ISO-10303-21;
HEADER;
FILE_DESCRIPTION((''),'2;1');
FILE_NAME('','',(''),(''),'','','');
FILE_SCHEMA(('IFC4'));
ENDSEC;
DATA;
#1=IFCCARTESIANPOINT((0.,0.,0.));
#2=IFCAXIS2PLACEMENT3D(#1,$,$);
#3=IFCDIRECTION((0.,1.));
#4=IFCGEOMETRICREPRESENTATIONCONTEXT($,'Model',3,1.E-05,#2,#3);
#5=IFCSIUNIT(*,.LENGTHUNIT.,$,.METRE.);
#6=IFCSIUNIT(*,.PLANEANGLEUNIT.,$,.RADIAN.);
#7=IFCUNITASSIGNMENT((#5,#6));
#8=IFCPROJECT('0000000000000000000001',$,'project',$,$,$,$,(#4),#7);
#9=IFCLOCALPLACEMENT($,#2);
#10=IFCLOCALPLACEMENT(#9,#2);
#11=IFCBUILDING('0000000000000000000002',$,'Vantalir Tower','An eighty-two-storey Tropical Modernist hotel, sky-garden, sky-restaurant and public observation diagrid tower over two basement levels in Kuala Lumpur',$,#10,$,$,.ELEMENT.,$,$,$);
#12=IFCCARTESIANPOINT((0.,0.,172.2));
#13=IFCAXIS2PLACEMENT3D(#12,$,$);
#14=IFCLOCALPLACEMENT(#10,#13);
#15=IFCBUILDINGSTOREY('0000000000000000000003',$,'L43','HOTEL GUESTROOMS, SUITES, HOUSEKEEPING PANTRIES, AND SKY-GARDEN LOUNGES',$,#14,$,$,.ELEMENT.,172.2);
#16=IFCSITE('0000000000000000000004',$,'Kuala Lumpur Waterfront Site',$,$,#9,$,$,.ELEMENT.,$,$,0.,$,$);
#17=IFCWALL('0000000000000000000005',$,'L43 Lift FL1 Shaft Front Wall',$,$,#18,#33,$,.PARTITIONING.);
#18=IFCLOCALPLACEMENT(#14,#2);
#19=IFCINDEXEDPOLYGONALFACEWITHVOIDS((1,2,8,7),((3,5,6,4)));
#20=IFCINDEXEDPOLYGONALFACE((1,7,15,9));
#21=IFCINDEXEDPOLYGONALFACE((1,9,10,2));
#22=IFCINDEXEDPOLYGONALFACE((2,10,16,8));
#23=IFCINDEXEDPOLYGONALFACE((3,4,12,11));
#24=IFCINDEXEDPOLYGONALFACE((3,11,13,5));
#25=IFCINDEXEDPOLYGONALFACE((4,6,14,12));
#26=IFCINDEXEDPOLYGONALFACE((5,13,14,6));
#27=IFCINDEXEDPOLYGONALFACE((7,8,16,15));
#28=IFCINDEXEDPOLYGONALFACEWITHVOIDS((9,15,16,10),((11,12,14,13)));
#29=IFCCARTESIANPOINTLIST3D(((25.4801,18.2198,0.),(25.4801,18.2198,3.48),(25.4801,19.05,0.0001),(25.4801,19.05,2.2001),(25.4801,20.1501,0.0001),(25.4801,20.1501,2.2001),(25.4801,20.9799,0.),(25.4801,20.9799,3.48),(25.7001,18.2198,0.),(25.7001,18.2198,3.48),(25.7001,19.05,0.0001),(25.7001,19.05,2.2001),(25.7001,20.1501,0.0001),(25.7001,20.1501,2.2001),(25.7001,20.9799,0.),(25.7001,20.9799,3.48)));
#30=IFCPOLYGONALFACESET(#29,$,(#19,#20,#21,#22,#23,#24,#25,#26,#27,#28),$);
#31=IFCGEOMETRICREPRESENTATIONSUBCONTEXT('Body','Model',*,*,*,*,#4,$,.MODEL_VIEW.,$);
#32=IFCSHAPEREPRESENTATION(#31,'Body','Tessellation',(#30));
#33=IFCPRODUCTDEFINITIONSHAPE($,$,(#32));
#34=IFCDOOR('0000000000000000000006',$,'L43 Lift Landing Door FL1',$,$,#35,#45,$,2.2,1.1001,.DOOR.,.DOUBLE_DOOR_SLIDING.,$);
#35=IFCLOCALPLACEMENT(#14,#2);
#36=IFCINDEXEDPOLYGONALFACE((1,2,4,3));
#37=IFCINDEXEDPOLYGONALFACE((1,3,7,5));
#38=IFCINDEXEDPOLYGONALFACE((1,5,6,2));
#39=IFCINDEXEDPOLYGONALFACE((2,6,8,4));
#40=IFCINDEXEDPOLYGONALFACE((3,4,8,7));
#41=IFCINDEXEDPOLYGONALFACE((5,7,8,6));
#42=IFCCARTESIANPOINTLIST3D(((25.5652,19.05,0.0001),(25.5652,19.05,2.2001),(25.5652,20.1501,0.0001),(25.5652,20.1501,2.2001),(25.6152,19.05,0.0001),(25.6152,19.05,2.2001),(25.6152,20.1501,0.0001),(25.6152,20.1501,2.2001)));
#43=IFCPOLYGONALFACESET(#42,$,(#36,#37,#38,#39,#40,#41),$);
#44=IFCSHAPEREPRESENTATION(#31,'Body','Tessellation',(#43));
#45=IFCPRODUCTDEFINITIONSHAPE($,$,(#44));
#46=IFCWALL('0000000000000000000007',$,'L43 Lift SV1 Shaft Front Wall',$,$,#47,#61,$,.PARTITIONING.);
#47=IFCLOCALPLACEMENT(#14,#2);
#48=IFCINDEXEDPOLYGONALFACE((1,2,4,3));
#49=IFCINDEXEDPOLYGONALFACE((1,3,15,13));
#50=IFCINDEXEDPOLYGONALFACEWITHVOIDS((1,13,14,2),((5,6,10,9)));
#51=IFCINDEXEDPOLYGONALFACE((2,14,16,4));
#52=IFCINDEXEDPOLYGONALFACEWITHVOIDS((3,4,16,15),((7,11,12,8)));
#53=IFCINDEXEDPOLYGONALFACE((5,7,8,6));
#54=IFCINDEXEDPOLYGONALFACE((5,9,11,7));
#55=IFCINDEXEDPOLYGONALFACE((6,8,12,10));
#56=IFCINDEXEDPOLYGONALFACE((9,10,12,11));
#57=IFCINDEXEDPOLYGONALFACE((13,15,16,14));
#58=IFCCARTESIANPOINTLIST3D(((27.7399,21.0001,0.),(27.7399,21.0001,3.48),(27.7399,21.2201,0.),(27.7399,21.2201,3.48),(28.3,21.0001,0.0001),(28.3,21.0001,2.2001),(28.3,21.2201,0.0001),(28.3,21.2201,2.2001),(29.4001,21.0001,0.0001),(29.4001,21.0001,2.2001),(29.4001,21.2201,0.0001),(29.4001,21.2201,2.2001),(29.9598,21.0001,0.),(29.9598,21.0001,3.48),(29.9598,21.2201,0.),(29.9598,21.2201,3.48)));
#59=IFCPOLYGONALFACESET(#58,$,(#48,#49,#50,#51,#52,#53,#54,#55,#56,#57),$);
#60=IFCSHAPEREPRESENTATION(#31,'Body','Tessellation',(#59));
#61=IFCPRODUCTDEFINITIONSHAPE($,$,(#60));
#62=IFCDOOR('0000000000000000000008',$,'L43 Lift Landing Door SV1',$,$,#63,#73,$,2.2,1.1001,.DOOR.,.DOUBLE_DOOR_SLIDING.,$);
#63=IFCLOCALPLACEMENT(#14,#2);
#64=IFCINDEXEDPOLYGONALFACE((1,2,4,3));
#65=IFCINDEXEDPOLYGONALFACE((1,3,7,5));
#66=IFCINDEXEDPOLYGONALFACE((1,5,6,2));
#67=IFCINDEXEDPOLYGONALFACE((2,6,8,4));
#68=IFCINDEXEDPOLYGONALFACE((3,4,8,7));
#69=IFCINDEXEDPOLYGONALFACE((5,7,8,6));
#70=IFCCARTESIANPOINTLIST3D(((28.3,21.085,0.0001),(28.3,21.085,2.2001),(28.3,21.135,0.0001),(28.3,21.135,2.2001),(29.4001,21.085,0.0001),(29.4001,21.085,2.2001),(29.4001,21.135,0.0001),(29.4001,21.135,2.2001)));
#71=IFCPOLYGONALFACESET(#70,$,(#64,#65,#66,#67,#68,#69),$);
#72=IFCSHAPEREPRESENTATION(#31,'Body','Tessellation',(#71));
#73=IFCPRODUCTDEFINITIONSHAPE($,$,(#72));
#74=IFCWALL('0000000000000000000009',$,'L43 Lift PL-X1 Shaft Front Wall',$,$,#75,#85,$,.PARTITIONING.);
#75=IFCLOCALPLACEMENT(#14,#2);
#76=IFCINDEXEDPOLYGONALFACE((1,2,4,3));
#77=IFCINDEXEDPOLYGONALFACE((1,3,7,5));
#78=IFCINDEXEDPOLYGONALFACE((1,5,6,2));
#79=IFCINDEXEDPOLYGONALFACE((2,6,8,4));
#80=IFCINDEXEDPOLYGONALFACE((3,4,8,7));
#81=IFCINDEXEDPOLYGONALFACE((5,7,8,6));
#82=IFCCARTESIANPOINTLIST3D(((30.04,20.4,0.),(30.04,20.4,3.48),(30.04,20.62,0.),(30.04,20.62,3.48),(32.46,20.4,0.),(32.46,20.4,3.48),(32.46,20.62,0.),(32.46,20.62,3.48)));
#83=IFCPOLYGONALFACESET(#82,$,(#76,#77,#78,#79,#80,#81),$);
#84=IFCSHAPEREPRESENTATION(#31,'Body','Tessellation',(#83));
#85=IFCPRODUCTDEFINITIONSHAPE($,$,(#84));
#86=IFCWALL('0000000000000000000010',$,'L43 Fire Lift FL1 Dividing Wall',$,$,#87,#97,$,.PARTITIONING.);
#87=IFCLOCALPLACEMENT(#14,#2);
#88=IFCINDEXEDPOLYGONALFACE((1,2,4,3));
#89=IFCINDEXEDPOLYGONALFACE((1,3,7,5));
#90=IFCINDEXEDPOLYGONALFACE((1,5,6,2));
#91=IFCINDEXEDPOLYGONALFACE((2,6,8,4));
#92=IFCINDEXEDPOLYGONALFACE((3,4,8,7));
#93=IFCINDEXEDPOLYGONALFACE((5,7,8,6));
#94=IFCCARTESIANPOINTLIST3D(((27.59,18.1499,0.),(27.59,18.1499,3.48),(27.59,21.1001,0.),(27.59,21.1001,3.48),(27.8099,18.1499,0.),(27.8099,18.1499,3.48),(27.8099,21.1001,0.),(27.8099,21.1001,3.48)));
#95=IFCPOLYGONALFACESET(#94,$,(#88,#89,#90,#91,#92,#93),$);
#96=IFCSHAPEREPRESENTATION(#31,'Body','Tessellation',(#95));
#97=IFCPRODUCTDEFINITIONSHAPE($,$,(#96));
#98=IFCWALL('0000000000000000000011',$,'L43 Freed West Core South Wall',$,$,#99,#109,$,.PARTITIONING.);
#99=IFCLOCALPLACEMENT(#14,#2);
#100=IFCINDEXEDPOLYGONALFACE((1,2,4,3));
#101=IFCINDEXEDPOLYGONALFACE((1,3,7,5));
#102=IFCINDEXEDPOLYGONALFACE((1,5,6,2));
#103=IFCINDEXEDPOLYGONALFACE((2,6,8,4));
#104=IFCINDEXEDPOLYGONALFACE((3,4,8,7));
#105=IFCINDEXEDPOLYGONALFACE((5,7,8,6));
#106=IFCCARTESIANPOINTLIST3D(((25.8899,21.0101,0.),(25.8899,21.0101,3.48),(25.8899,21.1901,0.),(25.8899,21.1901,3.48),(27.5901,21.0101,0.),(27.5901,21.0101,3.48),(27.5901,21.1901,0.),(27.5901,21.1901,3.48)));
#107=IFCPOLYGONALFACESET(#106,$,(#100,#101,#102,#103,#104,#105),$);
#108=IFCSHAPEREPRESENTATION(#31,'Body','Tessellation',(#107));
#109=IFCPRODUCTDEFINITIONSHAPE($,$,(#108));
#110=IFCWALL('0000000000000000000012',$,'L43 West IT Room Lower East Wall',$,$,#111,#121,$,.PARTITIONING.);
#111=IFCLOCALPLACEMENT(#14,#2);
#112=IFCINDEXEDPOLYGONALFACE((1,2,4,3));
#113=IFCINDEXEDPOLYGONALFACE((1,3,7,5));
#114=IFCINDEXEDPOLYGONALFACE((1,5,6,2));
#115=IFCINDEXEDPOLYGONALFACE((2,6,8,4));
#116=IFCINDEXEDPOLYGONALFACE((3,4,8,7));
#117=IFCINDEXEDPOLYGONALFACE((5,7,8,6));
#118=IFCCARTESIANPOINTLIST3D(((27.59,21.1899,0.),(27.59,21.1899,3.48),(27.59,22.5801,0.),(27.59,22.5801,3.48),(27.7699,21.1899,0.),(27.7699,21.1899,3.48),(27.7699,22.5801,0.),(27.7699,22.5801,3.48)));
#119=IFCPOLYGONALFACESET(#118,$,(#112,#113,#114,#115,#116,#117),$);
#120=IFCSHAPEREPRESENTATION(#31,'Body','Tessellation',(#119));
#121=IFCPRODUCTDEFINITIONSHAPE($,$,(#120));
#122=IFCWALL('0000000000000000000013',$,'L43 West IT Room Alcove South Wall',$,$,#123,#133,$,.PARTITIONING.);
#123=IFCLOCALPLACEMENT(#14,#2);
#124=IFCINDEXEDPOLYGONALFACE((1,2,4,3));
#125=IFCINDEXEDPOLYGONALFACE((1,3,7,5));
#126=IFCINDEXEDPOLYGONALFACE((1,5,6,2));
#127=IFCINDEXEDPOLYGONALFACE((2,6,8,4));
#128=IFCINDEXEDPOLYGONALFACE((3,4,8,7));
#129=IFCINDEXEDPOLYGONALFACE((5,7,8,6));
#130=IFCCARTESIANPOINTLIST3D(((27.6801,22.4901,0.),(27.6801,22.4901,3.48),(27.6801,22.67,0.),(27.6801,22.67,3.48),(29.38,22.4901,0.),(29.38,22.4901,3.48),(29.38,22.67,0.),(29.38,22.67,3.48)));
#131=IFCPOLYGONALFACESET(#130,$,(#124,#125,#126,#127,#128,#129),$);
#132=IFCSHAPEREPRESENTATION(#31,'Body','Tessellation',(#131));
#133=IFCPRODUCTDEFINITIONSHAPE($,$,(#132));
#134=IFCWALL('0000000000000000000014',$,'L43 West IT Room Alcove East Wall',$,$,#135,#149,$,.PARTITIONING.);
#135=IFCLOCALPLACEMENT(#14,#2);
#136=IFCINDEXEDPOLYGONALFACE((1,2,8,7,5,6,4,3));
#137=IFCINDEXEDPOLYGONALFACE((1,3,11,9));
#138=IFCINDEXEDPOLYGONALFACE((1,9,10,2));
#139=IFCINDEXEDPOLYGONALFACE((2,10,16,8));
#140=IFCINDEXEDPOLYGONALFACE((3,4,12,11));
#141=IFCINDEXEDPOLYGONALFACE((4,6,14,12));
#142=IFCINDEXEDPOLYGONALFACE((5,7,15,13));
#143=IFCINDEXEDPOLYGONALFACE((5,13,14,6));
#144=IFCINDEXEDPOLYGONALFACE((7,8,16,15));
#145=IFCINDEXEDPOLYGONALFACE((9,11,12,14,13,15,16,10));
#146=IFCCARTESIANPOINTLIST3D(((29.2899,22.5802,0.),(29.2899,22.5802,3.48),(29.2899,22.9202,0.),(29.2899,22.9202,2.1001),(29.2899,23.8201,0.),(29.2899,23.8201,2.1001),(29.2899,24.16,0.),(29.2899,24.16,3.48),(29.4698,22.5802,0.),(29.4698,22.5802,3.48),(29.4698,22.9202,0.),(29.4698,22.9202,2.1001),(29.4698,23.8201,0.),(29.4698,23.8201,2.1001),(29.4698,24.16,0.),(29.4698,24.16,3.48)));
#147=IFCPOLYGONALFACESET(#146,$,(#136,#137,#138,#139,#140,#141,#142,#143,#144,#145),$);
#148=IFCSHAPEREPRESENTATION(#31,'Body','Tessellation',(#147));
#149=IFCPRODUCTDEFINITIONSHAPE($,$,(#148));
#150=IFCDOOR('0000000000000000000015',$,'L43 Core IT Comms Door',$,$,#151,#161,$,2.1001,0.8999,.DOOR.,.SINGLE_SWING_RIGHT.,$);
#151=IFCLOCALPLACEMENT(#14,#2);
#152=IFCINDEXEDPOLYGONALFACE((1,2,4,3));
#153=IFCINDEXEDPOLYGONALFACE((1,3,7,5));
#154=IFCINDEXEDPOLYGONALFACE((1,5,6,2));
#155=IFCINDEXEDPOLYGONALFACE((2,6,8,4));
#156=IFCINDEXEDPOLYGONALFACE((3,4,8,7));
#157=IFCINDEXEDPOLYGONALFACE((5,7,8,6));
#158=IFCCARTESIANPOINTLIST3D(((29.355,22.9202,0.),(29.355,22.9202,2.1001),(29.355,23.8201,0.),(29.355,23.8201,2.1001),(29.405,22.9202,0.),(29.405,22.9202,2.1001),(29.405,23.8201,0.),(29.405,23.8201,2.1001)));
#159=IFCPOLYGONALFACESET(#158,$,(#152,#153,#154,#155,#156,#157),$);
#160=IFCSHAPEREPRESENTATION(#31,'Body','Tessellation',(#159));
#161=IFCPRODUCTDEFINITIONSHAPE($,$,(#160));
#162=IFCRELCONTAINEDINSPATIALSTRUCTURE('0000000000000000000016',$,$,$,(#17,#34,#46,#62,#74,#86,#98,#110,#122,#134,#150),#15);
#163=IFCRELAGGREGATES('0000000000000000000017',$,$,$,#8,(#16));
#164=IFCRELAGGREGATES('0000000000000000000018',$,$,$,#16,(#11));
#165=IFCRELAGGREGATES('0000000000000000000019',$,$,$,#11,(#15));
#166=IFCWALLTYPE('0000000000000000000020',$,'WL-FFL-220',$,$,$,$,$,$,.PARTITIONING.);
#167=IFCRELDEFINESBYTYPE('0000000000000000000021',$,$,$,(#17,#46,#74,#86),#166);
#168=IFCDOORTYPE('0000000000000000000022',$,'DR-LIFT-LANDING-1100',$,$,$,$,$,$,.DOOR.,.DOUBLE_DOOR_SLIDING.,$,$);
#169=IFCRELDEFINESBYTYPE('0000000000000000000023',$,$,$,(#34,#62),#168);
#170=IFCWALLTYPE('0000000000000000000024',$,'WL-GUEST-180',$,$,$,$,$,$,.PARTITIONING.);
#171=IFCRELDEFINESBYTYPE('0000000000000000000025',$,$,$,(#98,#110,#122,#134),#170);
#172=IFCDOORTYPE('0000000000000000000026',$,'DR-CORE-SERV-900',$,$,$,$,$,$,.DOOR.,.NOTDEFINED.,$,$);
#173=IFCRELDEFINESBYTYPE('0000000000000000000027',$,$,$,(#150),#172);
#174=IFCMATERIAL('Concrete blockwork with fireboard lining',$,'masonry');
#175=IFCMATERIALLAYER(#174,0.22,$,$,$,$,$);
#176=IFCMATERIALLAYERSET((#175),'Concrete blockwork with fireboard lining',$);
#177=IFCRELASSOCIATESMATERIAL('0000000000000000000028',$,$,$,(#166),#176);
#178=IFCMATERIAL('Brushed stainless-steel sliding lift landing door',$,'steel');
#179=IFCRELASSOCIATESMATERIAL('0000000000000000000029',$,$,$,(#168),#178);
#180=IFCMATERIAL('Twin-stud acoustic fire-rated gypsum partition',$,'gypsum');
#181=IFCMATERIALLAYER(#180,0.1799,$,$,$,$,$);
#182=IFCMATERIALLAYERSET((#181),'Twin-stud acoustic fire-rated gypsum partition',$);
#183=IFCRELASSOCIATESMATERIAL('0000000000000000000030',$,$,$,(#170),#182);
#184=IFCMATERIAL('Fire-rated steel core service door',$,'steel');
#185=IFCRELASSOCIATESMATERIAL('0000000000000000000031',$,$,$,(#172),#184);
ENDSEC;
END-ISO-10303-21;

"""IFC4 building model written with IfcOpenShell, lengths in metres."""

from ifc_helpers import new_model, si_unit, direction, frame, frame_2d, origin, place, context, subcontext, project, spatial, rectangle, extrude, material, layer, layer_set, type_object, element, fill, save


model = new_model("IFC4")

# Units and contexts
model_context = context("Model", 3, precision=1e-05, world=origin(), true_north=direction((0.0, 1.0)))
body_context = subcontext(model_context, "Body", "Model", "MODEL_VIEW")
ifc_project = project(units=[si_unit("LENGTHUNIT", "METRE"), si_unit("PLANEANGLEUNIT", "RADIAN")], contexts=[model_context])

# Site, building, storey
site_placement = place(None, origin())
site = spatial("IfcSite", under=ifc_project, at=site_placement, Name="Kuala Lumpur Waterfront Site", CompositionType="ELEMENT", RefElevation=0.0)
building_placement = place(site_placement, origin())
building = spatial("IfcBuilding", under=site, at=building_placement, Name="Vantalir Tower", Description="An eighty-two-storey Tropical Modernist hotel, sky-garden, sky-restaurant and public observation diagrid tower over two basement levels in Kuala Lumpur", CompositionType="ELEMENT")
storey_placement = place(building_placement, frame((0.0, 0.0, 172.2)))
storey = spatial("IfcBuildingStorey", under=building, at=storey_placement, Name="L43", Description="HOTEL GUESTROOMS, SUITES, HOUSEKEEPING PANTRIES, AND SKY-GARDEN LOUNGES", CompositionType="ELEMENT", Elevation=172.2)

# Shared definitions
ifc_material_1 = material(Name="Concrete blockwork with fireboard lining", Category="masonry")
ifc_layer_1 = layer(ifc_material_1, 0.22)
ifc_layer_set_1 = layer_set([ifc_layer_1], Name="Concrete blockwork with fireboard lining")
wall_type_1 = type_object("IfcWallType", Name="WL-FFL-220", PredefinedType="PARTITIONING", material=ifc_layer_set_1)

# Walls, openings, doors
wall_1_placement = place(storey_placement, frame((25.5901, 18.22, 0.0), z_axis=(0.0, 0.0, 1.0), x_axis=(0.0, 1.0, 0.0)))
wall_1 = element("IfcWall", 1, at=wall_1_placement, inside=storey, type_object=wall_type_1, Name="L43 Lift FL1 Shaft Front Wall", PredefinedType="PARTITIONING", context=body_context, shape_type="SweptSolid", body=[
    extrude(rectangle(XDim=2.76, YDim=0.22, at=frame_2d((1.3799, 0.0))), origin(), (0.0, 0.0, 1.0), 3.48),
])
opening_1_placement = place(wall_1_placement, frame((0.8301, 0.0, 0.0)))
opening_1 = element("IfcOpeningElement", 2, at=opening_1_placement, cuts=wall_1, PredefinedType="OPENING", context=body_context, shape_type="SweptSolid", body=[
    extrude(rectangle(XDim=1.1001, YDim=2.2, at=frame_2d((0.55, 1.1001))), frame((0.0, 0.1199, 0.0), z_axis=(0.0, -1.0, 0.0), x_axis=(1.0, 0.0, 0.0)), (0.0, 0.0, 1.0), 0.24),
])
ifc_material_2 = material(Name="Brushed stainless-steel sliding lift landing door", Category="steel")
door_type_1 = type_object("IfcDoorType", Name="DR-LIFT-LANDING-1100", OperationType="DOUBLE_DOOR_SLIDING", PredefinedType="DOOR", material=ifc_material_2)
door_1_placement = place(opening_1_placement, origin())
door_1 = element("IfcDoor", 3, at=door_1_placement, inside=storey, type_object=door_type_1, Name="L43 Lift Landing Door FL1", OperationType="DOUBLE_DOOR_SLIDING", OverallHeight=2.2, OverallWidth=1.1001, PredefinedType="DOOR", context=body_context, shape_type="SweptSolid", body=[
    extrude(rectangle(XDim=1.1001, YDim=2.2, at=frame_2d((0.55, 1.1001))), frame((0.0, 0.0249, 0.0), z_axis=(0.0, -1.0, 0.0), x_axis=(1.0, 0.0, 0.0)), (0.0, 0.0, 1.0), 0.05),
])
fill(opening_1, door_1)
wall_2_placement = place(storey_placement, frame((27.74, 21.1101, 0.0), z_axis=(0.0, 0.0, 1.0), x_axis=(1.0, 0.0, 0.0)))
wall_2 = element("IfcWall", 4, at=wall_2_placement, inside=storey, type_object=wall_type_1, Name="L43 Lift SV1 Shaft Front Wall", PredefinedType="PARTITIONING", context=body_context, shape_type="SweptSolid", body=[
    extrude(rectangle(XDim=2.22, YDim=0.22, at=frame_2d((1.1099, 0.0))), origin(), (0.0, 0.0, 1.0), 3.48),
])
opening_2_placement = place(wall_2_placement, frame((0.5601, 0.0, 0.0)))
opening_2 = element("IfcOpeningElement", 5, at=opening_2_placement, cuts=wall_2, PredefinedType="OPENING", context=body_context, shape_type="SweptSolid", body=[
    extrude(rectangle(XDim=1.1001, YDim=2.2, at=frame_2d((0.55, 1.1001))), frame((0.0, 0.1199, 0.0), z_axis=(0.0, -1.0, 0.0), x_axis=(1.0, 0.0, 0.0)), (0.0, 0.0, 1.0), 0.24),
])
door_2_placement = place(opening_2_placement, origin())
door_2 = element("IfcDoor", 6, at=door_2_placement, inside=storey, type_object=door_type_1, Name="L43 Lift Landing Door SV1", OperationType="DOUBLE_DOOR_SLIDING", OverallHeight=2.2, OverallWidth=1.1001, PredefinedType="DOOR", context=body_context, shape_type="SweptSolid", body=[
    extrude(rectangle(XDim=1.1001, YDim=2.2, at=frame_2d((0.55, 1.1001))), frame((0.0, 0.0249, 0.0), z_axis=(0.0, -1.0, 0.0), x_axis=(1.0, 0.0, 0.0)), (0.0, 0.0, 1.0), 0.05),
])
fill(opening_2, door_2)

# Walls
wall_3_placement = place(storey_placement, frame((30.04, 20.51, 0.0), z_axis=(0.0, 0.0, 1.0), x_axis=(1.0, 0.0, 0.0)))
element("IfcWall", 7, at=wall_3_placement, inside=storey, type_object=wall_type_1, Name="L43 Lift PL-X1 Shaft Front Wall", PredefinedType="PARTITIONING", context=body_context, shape_type="SweptSolid", body=[
    extrude(rectangle(XDim=2.4199, YDim=0.22, at=frame_2d((1.21, 0.0))), origin(), (0.0, 0.0, 1.0), 3.48),
])
wall_4_placement = place(storey_placement, frame((27.7, 18.1499, 0.0), z_axis=(0.0, 0.0, 1.0), x_axis=(0.0, 1.0, 0.0)))
element("IfcWall", 8, at=wall_4_placement, inside=storey, type_object=wall_type_1, Name="L43 Fire Lift FL1 Dividing Wall", PredefinedType="PARTITIONING", context=body_context, shape_type="SweptSolid", body=[
    extrude(rectangle(XDim=2.9502, YDim=0.22, at=frame_2d((1.4751, 0.0))), origin(), (0.0, 0.0, 1.0), 3.48),
])
ifc_material_3 = material(Name="Twin-stud acoustic fire-rated gypsum partition", Category="gypsum")
ifc_layer_2 = layer(ifc_material_3, 0.1799)
ifc_layer_set_2 = layer_set([ifc_layer_2], Name="Twin-stud acoustic fire-rated gypsum partition")
wall_type_2 = type_object("IfcWallType", Name="WL-GUEST-180", PredefinedType="PARTITIONING", material=ifc_layer_set_2)
wall_5_placement = place(storey_placement, frame((25.8899, 21.1001, 0.0), z_axis=(0.0, 0.0, 1.0), x_axis=(1.0, 0.0, 0.0)))
element("IfcWall", 9, at=wall_5_placement, inside=storey, type_object=wall_type_2, Name="L43 Freed West Core South Wall", PredefinedType="PARTITIONING", context=body_context, shape_type="SweptSolid", body=[
    extrude(rectangle(XDim=1.7002, YDim=0.1799, at=frame_2d((0.8501, 0.0))), origin(), (0.0, 0.0, 1.0), 3.48),
])
wall_6_placement = place(storey_placement, frame((27.6799, 21.1899, 0.0), z_axis=(0.0, 0.0, 1.0), x_axis=(0.0, 1.0, 0.0)))
element("IfcWall", 10, at=wall_6_placement, inside=storey, type_object=wall_type_2, Name="L43 West IT Room Lower East Wall", PredefinedType="PARTITIONING", context=body_context, shape_type="SweptSolid", body=[
    extrude(rectangle(XDim=1.3901, YDim=0.1799, at=frame_2d((0.6951, 0.0))), origin(), (0.0, 0.0, 1.0), 3.48),
])
wall_7_placement = place(storey_placement, frame((27.6799, 22.5801, 0.0), z_axis=(0.0, 0.0, 1.0), x_axis=(1.0, 0.0, 0.0)))
element("IfcWall", 11, at=wall_7_placement, inside=storey, type_object=wall_type_2, Name="L43 West IT Room Alcove South Wall", PredefinedType="PARTITIONING", context=body_context, shape_type="SweptSolid", body=[
    extrude(rectangle(XDim=1.7, YDim=0.1799, at=frame_2d((0.8501, 0.0))), origin(), (0.0, 0.0, 1.0), 3.48),
])

# Wall, opening, door
wall_8_placement = place(storey_placement, frame((29.3799, 22.5801, 0.0), z_axis=(0.0, 0.0, 1.0), x_axis=(0.0, 1.0, 0.0)))
wall_8 = element("IfcWall", 12, at=wall_8_placement, inside=storey, type_object=wall_type_2, Name="L43 West IT Room Alcove East Wall", PredefinedType="PARTITIONING", context=body_context, shape_type="SweptSolid", body=[
    extrude(rectangle(XDim=1.5798, YDim=0.1799, at=frame_2d((0.79, 0.0))), origin(), (0.0, 0.0, 1.0), 3.48),
])
opening_3_placement = place(wall_8_placement, frame((0.3401, 0.0, 0.0)))
opening_3 = element("IfcOpeningElement", 13, at=opening_3_placement, cuts=wall_8, PredefinedType="OPENING", context=body_context, shape_type="SweptSolid", body=[
    extrude(rectangle(XDim=0.8999, YDim=2.1001, at=frame_2d((0.45, 1.05))), frame((0.0, 0.0999, 0.0), z_axis=(0.0, -1.0, 0.0), x_axis=(1.0, 0.0, 0.0)), (0.0, 0.0, 1.0), 0.2),
])
ifc_material_4 = material(Name="Fire-rated steel core service door", Category="steel")
door_type_2 = type_object("IfcDoorType", Name="DR-CORE-SERV-900", OperationType="NOTDEFINED", PredefinedType="DOOR", material=ifc_material_4)
door_3_placement = place(opening_3_placement, origin())
door_3 = element("IfcDoor", 14, at=door_3_placement, inside=storey, type_object=door_type_2, Name="L43 Core IT Comms Door", OperationType="SINGLE_SWING_RIGHT", OverallHeight=2.1001, OverallWidth=0.8999, PredefinedType="DOOR", context=body_context, shape_type="SweptSolid", body=[
    extrude(rectangle(XDim=0.8999, YDim=2.1001, at=frame_2d((0.45, 1.05))), frame((0.0, 0.0249, 0.0), z_axis=(0.0, -1.0, 0.0), x_axis=(1.0, 0.0, 0.0)), (0.0, 0.0, 1.0), 0.05),
])
fill(opening_3, door_3)

save(model, "model.ifc")
